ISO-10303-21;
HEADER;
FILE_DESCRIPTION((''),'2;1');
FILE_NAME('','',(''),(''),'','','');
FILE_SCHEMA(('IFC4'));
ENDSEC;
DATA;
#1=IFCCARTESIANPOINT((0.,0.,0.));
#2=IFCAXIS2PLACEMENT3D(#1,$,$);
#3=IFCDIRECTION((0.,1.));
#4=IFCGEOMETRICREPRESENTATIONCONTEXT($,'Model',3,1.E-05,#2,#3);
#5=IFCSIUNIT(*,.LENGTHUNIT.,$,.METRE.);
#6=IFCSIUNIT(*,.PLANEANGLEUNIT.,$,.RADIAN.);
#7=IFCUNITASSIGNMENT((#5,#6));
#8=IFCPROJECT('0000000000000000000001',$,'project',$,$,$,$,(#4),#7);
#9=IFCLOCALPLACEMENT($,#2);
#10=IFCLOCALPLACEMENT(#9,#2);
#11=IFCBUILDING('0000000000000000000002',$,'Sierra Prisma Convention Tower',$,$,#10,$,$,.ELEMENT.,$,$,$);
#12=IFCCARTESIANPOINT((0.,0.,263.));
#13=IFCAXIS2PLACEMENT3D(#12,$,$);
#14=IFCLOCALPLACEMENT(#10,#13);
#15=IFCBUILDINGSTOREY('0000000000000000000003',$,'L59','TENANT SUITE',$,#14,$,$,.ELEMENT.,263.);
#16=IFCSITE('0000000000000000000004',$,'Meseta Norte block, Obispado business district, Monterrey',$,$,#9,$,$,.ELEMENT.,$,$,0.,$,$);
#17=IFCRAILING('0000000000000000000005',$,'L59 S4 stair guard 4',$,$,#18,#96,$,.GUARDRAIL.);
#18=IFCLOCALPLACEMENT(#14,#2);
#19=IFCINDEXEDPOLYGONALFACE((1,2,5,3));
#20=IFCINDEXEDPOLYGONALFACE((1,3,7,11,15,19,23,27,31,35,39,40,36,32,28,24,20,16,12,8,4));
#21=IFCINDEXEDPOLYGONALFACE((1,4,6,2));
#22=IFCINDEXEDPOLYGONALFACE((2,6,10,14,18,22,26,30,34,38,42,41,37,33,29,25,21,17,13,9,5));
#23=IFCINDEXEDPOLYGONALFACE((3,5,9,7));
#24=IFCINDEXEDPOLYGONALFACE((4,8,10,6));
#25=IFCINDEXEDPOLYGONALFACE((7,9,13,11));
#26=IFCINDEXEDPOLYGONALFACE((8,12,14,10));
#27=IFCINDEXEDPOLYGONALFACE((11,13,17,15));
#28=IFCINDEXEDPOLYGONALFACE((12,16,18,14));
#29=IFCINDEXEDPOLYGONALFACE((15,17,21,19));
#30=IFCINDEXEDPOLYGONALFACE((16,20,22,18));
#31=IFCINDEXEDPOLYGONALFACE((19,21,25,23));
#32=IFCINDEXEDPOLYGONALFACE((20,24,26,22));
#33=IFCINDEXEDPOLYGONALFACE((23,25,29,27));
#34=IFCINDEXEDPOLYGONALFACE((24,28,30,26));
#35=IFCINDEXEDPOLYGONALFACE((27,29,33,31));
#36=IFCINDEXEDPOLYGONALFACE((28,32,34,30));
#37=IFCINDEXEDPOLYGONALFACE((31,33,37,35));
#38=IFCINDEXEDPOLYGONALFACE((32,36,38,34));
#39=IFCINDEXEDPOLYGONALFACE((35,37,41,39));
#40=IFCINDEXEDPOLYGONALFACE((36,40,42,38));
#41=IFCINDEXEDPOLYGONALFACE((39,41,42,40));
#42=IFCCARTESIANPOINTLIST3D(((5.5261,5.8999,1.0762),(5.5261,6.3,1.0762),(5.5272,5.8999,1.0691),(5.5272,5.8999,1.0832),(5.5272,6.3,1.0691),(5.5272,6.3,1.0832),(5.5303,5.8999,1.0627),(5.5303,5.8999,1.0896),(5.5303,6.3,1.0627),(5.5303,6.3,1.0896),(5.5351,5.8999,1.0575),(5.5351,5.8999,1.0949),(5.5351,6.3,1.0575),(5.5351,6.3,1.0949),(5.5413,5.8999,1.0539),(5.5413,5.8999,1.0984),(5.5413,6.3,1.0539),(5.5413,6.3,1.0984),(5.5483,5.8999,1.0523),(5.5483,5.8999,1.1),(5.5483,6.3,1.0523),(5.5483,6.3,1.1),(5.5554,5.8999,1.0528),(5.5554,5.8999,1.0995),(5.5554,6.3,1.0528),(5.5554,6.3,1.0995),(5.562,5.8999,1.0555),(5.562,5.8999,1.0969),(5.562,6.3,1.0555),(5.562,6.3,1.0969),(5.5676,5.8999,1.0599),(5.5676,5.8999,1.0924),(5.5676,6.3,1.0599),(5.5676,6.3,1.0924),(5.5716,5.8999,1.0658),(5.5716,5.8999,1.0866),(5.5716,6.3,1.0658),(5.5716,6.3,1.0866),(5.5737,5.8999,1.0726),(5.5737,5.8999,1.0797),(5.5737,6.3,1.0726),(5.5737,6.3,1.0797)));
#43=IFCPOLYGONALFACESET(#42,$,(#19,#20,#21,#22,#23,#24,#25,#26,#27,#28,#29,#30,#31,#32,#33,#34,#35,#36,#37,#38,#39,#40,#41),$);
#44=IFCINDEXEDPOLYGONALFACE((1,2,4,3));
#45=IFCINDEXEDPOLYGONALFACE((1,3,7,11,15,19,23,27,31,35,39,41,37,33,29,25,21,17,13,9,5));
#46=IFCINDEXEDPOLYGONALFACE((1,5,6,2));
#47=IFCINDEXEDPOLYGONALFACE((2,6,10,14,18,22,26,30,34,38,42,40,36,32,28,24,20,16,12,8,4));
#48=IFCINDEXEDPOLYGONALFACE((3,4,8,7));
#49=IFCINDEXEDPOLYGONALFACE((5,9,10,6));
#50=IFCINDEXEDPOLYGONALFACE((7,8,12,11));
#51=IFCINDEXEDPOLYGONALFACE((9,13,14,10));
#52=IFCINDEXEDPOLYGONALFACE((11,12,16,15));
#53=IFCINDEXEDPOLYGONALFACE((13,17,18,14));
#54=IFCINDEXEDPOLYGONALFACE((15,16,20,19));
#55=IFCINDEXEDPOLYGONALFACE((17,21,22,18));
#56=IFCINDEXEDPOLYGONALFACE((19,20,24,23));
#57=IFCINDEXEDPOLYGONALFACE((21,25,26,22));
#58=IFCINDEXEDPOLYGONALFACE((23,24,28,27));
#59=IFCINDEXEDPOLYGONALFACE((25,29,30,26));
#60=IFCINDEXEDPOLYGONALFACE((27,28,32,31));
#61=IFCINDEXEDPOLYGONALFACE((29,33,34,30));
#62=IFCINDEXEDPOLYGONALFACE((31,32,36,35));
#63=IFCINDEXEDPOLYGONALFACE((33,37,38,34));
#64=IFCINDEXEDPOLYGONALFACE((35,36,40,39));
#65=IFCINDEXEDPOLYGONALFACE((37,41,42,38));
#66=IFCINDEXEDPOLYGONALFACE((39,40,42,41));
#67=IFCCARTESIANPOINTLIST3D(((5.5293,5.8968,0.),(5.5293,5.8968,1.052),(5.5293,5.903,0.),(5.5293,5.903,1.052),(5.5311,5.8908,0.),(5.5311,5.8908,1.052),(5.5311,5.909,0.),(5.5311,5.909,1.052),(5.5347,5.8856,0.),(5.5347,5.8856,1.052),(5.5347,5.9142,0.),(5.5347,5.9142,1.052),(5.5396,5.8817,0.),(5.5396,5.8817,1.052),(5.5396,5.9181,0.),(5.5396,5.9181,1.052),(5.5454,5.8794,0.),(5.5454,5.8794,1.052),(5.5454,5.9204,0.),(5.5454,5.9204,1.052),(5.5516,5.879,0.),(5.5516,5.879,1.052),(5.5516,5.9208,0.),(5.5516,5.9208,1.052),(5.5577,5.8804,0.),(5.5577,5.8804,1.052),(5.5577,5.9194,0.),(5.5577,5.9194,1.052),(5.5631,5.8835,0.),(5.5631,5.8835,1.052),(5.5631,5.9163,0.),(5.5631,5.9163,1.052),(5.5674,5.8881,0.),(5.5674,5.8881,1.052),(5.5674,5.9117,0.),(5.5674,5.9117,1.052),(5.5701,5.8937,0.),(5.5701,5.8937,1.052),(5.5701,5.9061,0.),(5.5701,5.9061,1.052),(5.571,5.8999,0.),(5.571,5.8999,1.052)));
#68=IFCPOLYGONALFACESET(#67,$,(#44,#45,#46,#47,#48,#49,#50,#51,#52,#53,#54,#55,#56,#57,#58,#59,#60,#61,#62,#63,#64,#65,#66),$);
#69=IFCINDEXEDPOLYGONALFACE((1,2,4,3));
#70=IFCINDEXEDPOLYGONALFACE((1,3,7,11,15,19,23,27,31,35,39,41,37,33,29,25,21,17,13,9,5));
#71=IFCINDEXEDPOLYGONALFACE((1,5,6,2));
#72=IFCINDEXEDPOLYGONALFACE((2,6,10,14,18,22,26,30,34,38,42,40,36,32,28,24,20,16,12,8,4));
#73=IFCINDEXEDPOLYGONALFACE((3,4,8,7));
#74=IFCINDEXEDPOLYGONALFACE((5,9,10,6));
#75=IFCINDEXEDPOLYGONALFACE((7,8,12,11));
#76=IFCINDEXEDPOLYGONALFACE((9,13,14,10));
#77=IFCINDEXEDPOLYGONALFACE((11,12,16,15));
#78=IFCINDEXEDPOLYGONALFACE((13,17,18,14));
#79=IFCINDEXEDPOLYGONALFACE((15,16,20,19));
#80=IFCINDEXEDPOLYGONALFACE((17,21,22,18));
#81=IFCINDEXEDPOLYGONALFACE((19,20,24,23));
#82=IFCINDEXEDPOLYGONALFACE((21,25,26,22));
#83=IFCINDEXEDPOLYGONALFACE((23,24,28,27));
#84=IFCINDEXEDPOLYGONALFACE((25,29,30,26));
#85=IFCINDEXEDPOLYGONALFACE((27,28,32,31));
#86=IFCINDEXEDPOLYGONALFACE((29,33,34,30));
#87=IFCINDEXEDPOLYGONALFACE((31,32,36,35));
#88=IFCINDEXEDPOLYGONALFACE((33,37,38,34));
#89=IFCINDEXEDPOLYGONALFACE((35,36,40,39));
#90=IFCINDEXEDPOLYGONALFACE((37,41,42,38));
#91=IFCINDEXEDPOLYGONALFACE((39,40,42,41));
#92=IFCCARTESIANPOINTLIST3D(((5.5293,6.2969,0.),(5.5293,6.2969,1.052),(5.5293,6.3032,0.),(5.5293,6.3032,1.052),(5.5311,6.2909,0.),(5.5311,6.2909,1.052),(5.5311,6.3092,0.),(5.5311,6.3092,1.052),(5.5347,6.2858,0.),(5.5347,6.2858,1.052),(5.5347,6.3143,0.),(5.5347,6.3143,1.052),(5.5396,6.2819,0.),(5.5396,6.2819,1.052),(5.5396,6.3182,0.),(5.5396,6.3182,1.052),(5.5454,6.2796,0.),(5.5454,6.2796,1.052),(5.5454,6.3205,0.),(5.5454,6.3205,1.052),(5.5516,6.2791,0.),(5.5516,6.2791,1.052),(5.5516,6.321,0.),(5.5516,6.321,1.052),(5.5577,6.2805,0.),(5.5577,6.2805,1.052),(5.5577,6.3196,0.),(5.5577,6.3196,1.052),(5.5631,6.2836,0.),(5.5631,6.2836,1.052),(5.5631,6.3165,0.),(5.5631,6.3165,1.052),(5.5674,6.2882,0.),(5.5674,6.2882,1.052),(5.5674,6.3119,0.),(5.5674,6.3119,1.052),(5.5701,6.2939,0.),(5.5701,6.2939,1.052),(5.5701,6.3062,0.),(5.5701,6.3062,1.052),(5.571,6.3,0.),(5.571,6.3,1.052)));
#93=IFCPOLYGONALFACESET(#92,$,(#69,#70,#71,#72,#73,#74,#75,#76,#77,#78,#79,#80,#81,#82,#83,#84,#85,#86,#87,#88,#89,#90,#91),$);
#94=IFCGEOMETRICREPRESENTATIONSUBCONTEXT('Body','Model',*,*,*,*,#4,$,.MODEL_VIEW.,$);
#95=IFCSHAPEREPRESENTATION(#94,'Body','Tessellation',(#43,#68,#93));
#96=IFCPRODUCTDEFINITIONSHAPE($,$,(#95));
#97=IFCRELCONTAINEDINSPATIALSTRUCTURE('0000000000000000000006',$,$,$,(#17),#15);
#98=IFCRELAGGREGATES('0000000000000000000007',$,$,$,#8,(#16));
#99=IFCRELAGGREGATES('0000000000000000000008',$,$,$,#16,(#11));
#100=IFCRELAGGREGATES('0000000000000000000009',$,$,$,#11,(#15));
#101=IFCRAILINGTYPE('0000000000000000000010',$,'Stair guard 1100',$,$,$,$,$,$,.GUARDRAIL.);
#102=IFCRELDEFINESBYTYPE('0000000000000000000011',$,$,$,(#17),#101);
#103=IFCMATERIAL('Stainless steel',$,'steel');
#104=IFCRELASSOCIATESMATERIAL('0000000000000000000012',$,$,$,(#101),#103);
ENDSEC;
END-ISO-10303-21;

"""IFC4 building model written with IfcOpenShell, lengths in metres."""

from ifc_helpers import new_model, si_unit, direction, frame, origin, origin_2d, place, context, subcontext, project, spatial, circle, extrude, material, type_object, element, save


model = new_model("IFC4")

# Units and contexts
model_context = context("Model", 3, precision=1e-05, world=origin(), true_north=direction((0.0, 1.0)))
body_context = subcontext(model_context, "Body", "Model", "MODEL_VIEW")
ifc_project = project(units=[si_unit("LENGTHUNIT", "METRE"), si_unit("PLANEANGLEUNIT", "RADIAN")], contexts=[model_context])

# Site, building, storey
site_placement = place(None, origin())
site = spatial("IfcSite", under=ifc_project, at=site_placement, Name="Meseta Norte block, Obispado business district, Monterrey", CompositionType="ELEMENT", RefElevation=0.0)
building_placement = place(site_placement, origin())
building = spatial("IfcBuilding", under=site, at=building_placement, Name="Sierra Prisma Convention Tower", CompositionType="ELEMENT")
storey_placement = place(building_placement, frame((0.0, 0.0, 263.0)))
storey = spatial("IfcBuildingStorey", under=building, at=storey_placement, Name="L59", Description="TENANT SUITE", CompositionType="ELEMENT", Elevation=263.0)

# Railing
ifc_material_1 = material(Name="Stainless steel", Category="steel")
railing_type_1 = type_object("IfcRailingType", Name="Stair guard 1100", PredefinedType="GUARDRAIL", material=ifc_material_1)
railing_1_placement = place(storey_placement, frame((5.55, 5.8999, 0.0)))
element("IfcRailing", 1, at=railing_1_placement, inside=storey, type_object=railing_type_1, Name="L59 S4 stair guard 4", PredefinedType="GUARDRAIL", context=body_context, shape_type="SweptSolid", body=[
    extrude(circle(Radius=0.0239, at=origin_2d()), frame((0.0, 0.0, 1.0762), z_axis=(0.0, 1.0, 0.0), x_axis=(-1.0, 0.0, 0.0)), (0.0, 0.0, 1.0), 0.4001),
    extrude(circle(Radius=0.021, at=origin_2d()), origin(), (0.0, 0.0, 1.0), 1.052),
    extrude(circle(Radius=0.021, at=origin_2d()), frame((0.0, 0.4001, 0.0)), (0.0, 0.0, 1.0), 1.052),
])

save(model, "model.ifc")
